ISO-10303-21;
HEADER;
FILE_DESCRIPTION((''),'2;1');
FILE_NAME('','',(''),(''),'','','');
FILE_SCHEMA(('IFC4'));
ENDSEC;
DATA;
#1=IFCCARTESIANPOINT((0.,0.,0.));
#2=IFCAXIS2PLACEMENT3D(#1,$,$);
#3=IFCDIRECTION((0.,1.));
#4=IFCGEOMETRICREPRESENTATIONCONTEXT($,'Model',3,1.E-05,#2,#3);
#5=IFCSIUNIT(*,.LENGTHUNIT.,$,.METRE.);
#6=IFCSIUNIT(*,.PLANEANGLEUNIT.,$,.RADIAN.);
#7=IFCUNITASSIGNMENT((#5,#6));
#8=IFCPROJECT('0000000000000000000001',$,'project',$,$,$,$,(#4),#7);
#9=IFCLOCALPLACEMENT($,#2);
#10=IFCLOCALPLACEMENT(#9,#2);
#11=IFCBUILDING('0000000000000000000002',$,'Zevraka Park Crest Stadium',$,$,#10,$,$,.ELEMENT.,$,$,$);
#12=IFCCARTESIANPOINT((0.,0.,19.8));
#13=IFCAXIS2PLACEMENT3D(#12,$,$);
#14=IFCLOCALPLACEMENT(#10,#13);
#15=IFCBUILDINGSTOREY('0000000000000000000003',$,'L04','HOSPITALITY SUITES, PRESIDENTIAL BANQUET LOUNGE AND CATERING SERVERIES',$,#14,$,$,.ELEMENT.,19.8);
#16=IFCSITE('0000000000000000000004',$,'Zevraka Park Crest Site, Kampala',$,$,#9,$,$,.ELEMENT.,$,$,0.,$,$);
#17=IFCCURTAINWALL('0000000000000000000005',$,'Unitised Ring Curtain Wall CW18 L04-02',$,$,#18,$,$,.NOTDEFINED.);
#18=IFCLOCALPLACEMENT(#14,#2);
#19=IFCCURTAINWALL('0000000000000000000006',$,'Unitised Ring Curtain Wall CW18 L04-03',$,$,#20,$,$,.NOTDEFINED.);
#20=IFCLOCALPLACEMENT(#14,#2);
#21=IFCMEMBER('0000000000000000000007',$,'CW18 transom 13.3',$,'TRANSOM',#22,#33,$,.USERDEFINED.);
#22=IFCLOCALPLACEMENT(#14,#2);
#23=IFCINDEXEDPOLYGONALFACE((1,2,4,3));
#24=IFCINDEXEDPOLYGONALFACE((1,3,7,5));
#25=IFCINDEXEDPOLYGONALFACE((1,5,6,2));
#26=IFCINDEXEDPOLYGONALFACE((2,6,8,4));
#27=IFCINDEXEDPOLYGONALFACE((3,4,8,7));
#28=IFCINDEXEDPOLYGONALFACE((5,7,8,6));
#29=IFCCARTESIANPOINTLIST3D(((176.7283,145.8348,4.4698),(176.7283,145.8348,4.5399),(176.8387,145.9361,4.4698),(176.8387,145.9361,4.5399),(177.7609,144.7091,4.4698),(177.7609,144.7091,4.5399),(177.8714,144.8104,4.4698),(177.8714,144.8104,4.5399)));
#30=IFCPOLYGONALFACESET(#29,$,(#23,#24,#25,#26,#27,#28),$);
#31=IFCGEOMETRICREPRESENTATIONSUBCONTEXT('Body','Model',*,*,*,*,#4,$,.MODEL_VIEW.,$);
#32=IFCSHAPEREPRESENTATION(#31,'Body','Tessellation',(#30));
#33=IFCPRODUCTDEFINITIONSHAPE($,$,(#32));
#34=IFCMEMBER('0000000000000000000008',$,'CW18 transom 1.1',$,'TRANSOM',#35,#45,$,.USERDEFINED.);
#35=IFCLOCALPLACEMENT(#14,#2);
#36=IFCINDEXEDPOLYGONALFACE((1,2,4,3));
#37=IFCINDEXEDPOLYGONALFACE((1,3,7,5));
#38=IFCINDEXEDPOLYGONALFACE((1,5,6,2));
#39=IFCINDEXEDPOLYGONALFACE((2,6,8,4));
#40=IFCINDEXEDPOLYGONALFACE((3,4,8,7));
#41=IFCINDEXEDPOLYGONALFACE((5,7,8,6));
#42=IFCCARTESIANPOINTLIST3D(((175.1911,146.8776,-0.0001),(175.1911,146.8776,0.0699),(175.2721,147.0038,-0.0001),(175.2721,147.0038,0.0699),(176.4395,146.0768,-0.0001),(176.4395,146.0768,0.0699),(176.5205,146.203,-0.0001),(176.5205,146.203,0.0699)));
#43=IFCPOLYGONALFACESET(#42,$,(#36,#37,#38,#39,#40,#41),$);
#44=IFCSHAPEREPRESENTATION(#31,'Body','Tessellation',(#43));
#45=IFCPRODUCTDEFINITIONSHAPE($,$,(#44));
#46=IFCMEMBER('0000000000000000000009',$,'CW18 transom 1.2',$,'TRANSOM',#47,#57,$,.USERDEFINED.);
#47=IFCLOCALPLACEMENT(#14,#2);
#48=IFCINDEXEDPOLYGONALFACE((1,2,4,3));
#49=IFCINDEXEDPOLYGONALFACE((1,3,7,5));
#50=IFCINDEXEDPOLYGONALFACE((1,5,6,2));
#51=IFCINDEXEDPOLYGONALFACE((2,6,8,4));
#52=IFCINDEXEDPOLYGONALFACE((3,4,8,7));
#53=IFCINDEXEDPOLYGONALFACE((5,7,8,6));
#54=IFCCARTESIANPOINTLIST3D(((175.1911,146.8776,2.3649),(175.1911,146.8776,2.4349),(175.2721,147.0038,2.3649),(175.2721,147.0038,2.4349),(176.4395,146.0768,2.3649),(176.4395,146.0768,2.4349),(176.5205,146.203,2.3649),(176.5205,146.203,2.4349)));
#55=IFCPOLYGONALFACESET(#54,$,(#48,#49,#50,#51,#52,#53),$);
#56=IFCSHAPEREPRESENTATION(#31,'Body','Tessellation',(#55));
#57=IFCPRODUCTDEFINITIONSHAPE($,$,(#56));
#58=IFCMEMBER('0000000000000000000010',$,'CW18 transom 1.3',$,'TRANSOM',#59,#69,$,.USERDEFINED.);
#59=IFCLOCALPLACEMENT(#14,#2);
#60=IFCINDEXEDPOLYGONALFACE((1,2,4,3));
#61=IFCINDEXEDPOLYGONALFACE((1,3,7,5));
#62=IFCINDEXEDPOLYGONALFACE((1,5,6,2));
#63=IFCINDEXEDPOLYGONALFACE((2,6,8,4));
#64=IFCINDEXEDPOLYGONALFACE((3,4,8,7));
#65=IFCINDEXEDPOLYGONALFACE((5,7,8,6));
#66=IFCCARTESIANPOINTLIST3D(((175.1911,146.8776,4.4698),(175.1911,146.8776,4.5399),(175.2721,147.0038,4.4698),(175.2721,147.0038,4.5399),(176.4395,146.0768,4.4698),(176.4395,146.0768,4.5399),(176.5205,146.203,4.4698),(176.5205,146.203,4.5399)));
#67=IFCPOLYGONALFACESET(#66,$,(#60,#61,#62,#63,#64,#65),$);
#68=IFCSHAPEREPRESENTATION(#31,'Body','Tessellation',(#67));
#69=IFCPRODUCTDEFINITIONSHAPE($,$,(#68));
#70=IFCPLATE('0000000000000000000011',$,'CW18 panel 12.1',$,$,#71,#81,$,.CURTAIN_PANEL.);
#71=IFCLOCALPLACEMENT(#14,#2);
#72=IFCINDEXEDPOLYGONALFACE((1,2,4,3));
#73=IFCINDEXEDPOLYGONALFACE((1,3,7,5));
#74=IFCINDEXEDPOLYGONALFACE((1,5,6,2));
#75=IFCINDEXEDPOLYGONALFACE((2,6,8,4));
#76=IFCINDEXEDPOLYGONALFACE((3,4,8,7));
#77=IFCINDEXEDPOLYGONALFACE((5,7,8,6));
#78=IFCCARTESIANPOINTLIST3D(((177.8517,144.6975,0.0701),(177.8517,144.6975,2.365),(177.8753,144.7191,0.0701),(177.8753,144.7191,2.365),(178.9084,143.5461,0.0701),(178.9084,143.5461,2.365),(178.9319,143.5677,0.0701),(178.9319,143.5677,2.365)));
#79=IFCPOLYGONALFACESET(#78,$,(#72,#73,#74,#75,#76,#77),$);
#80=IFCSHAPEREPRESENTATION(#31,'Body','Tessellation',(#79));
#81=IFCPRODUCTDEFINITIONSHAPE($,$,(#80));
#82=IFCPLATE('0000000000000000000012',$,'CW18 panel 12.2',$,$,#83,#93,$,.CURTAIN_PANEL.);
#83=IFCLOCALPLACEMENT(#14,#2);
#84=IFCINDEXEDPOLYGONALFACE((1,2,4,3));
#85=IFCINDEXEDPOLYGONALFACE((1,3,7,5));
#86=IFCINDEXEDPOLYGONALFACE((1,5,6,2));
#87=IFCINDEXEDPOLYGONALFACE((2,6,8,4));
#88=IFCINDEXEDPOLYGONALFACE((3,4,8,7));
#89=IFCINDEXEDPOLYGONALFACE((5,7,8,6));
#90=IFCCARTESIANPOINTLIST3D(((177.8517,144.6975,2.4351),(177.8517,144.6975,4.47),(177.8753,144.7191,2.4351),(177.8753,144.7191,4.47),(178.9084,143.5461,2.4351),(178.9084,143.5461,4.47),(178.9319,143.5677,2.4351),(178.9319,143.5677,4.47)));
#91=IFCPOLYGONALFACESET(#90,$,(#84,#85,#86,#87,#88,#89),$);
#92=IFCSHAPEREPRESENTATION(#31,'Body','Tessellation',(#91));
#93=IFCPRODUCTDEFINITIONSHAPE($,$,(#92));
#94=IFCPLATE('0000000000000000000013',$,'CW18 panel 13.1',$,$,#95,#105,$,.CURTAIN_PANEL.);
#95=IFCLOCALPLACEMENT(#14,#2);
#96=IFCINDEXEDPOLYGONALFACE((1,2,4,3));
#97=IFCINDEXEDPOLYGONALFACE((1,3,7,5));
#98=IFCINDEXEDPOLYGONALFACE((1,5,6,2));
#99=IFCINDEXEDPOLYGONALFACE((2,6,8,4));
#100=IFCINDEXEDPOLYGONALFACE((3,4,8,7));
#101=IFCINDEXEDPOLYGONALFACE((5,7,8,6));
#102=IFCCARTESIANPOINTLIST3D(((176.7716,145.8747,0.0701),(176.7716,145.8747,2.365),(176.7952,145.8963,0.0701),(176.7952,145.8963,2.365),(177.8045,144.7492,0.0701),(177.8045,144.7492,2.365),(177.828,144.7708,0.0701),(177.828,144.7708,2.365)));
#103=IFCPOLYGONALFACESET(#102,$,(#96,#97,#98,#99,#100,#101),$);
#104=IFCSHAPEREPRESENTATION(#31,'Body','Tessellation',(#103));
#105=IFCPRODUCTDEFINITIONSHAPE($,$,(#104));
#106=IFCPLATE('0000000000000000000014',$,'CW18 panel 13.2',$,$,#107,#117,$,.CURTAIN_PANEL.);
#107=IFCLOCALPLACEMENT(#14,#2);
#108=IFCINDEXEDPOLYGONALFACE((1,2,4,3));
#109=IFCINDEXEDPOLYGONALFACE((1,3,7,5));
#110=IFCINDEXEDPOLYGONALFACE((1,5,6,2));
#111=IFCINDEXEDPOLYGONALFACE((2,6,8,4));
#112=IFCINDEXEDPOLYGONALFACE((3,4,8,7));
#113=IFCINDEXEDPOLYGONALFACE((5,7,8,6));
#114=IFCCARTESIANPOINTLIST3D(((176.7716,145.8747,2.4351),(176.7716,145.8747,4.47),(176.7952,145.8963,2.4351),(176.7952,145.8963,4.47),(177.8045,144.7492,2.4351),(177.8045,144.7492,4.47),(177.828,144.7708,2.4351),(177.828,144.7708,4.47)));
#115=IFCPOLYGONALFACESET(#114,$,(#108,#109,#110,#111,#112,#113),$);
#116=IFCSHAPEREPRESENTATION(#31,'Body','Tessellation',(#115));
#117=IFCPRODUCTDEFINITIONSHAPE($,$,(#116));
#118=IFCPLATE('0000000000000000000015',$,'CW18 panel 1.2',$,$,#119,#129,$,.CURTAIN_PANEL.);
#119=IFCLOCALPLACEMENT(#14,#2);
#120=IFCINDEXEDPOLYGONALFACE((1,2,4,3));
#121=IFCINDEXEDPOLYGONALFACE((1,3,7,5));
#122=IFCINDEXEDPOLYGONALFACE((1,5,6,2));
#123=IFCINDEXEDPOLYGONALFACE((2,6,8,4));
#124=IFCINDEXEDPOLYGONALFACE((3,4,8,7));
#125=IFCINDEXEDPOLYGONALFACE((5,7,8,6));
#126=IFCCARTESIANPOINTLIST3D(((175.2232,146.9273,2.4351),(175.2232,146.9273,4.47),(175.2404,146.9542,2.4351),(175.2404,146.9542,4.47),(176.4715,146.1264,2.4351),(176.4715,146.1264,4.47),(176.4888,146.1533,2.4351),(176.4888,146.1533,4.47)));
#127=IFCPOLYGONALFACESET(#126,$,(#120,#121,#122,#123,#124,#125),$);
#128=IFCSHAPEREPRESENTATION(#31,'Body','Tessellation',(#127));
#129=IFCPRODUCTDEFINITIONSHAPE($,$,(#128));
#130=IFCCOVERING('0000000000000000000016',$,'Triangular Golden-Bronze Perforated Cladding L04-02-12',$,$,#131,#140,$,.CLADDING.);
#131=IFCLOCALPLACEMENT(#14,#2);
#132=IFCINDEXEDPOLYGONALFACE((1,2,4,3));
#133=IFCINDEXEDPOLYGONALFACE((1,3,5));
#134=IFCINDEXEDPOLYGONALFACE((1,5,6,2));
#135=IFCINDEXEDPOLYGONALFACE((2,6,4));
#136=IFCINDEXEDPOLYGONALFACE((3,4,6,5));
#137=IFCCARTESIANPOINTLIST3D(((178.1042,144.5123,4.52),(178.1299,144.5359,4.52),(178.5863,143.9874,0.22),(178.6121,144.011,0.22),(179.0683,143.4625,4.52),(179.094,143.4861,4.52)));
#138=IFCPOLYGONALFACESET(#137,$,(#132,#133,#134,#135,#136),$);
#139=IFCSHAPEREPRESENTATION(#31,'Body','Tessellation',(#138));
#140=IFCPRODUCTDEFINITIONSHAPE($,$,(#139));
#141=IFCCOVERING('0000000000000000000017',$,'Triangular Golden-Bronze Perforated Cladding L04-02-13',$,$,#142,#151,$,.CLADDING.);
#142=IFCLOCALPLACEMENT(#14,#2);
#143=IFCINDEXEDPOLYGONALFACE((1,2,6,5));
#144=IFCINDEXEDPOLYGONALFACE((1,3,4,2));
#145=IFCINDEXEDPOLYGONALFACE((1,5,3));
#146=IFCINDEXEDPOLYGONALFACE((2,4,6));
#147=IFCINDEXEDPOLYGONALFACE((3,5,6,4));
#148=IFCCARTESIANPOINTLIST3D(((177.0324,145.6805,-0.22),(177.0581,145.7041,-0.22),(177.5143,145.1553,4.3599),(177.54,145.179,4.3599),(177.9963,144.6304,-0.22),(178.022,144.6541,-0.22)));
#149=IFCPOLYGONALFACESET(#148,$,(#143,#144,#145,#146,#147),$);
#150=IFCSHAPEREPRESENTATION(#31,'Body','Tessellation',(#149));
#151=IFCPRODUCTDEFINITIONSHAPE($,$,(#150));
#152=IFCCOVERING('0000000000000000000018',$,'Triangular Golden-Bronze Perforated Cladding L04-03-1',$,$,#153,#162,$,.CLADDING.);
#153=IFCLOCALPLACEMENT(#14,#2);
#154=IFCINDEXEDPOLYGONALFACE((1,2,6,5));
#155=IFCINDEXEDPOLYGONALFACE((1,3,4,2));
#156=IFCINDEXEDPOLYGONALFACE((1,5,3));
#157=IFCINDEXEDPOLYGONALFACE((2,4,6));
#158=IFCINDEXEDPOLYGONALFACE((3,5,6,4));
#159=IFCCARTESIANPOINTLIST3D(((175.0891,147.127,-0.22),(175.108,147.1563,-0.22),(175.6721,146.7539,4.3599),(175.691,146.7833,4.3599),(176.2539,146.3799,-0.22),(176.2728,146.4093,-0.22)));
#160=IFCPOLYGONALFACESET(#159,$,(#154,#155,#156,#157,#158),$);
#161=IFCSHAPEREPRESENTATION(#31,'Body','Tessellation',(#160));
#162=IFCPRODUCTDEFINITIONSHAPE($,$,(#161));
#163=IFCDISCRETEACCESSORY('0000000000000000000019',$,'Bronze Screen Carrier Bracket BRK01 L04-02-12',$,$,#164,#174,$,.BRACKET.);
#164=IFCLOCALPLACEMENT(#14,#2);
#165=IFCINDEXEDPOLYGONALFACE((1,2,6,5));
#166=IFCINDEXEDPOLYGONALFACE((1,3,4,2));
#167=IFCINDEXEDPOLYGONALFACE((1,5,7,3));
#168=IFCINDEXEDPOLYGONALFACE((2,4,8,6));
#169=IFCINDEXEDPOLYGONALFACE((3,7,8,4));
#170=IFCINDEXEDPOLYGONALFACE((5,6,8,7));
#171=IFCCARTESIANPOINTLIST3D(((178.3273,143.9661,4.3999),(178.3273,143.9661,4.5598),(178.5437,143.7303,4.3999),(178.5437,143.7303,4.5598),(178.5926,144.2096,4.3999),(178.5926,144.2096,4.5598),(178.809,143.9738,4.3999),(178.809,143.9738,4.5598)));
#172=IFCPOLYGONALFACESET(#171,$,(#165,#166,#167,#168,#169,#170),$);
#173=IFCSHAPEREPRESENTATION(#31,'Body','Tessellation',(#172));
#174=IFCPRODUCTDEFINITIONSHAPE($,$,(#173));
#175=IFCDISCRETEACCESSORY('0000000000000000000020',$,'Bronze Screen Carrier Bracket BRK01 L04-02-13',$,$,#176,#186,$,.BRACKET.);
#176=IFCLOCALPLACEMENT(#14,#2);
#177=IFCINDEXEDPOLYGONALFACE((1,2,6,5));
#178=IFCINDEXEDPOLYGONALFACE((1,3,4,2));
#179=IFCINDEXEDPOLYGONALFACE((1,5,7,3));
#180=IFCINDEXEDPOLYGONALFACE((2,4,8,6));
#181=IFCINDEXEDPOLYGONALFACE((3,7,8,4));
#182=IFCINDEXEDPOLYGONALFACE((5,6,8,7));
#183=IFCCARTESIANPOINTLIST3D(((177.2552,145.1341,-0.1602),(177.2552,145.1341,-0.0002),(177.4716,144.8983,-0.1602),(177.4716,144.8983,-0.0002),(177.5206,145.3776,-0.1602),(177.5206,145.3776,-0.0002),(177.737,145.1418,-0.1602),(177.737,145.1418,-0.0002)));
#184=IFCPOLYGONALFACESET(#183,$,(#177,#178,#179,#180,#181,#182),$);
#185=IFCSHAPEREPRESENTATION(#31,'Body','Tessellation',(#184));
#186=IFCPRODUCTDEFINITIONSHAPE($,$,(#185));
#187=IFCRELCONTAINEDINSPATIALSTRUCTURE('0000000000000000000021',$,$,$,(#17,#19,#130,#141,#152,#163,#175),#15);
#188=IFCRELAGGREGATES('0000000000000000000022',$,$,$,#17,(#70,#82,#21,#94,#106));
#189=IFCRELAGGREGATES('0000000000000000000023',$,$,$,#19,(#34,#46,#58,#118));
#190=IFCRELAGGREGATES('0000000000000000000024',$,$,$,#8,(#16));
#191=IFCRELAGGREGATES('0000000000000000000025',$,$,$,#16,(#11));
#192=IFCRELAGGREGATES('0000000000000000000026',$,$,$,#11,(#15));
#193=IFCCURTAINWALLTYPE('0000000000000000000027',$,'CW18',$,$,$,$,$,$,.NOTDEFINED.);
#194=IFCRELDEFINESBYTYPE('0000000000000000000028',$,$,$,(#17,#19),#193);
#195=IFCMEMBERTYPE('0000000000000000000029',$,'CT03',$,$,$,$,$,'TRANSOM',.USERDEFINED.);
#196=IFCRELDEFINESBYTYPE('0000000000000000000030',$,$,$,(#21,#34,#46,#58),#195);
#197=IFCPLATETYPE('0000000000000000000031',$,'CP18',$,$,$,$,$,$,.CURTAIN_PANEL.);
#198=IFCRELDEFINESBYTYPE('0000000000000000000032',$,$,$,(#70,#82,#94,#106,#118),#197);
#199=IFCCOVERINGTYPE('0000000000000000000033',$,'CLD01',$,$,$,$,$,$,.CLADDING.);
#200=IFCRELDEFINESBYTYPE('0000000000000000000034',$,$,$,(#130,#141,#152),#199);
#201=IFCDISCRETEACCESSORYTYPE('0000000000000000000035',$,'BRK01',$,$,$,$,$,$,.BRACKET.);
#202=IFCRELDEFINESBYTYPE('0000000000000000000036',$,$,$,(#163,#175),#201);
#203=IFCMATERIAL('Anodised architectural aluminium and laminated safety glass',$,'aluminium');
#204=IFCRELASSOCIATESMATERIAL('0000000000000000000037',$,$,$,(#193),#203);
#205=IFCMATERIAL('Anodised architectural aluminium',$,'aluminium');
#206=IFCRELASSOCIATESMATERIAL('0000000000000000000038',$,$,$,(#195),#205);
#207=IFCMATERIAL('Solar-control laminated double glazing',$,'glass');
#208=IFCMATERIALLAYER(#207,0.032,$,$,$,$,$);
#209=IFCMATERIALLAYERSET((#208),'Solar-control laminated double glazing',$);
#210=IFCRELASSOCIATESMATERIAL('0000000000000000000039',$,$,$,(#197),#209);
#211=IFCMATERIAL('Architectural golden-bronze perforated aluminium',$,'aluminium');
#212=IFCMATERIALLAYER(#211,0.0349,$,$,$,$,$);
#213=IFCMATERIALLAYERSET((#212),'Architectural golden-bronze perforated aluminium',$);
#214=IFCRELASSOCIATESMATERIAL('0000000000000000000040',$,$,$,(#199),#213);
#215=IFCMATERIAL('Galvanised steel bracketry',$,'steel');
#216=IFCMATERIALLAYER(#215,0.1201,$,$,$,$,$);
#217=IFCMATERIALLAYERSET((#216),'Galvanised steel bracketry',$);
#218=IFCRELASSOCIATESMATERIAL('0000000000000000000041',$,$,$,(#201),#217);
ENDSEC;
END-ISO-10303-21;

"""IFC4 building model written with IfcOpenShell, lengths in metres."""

from ifc_helpers import new_model, si_unit, direction, frame, origin, origin_2d, place, context, subcontext, project, spatial, polyline, rectangle, outline, extrude, material, layer, layer_set, material_profile, profile_set, type_object, element, aggregate, save


model = new_model("IFC4")

# Units and contexts
model_context = context("Model", 3, precision=1e-05, world=origin(), true_north=direction((0.0, 1.0)))
body_context = subcontext(model_context, "Body", "Model", "MODEL_VIEW")
ifc_project = project(units=[si_unit("LENGTHUNIT", "METRE"), si_unit("PLANEANGLEUNIT", "RADIAN")], contexts=[model_context])

# Site, building, storey
site_placement = place(None, origin())
site = spatial("IfcSite", under=ifc_project, at=site_placement, Name="Zevraka Park Crest Site, Kampala", CompositionType="ELEMENT", RefElevation=0.0)
building_placement = place(site_placement, origin())
building = spatial("IfcBuilding", under=site, at=building_placement, Name="Zevraka Park Crest Stadium", CompositionType="ELEMENT")
storey_placement = place(building_placement, frame((0.0, 0.0, 19.8)))
storey = spatial("IfcBuildingStorey", under=building, at=storey_placement, Name="L04", Description="HOSPITALITY SUITES, PRESIDENTIAL BANQUET LOUNGE AND CATERING SERVERIES", CompositionType="ELEMENT", Elevation=19.8)

# Curtain wall
ifc_material_1 = material(Name="Anodised architectural aluminium and laminated safety glass", Category="aluminium")
curtain_wall_type = type_object("IfcCurtainWallType", Name="CW18", PredefinedType="NOTDEFINED", material=ifc_material_1)
curtain_wall_1_placement = place(storey_placement, origin())
curtain_wall_1 = element("IfcCurtainWall", 1, at=curtain_wall_1_placement, inside=storey, type_object=curtain_wall_type, Name="Unitised Ring Curtain Wall CW18 L04-02", PredefinedType="NOTDEFINED")

# Curtain wall
curtain_wall_2_placement = place(storey_placement, origin())
curtain_wall_2 = element("IfcCurtainWall", 2, at=curtain_wall_2_placement, inside=storey, type_object=curtain_wall_type, Name="Unitised Ring Curtain Wall CW18 L04-03", PredefinedType="NOTDEFINED")

# Members
ifc_material_2 = material(Name="Anodised architectural aluminium", Category="aluminium")
ifc_material_profile_1 = material_profile(ifc_material_2, rectangle(XDim=0.1499, YDim=0.0701, at=origin_2d()), Name="ALU TRANSOM 150x70")
ifc_profile_set_1 = profile_set([ifc_material_profile_1], Name="Anodised architectural aluminium")
member_type_1 = type_object("IfcMemberType", Name="CT03", ElementType="TRANSOM", PredefinedType="USERDEFINED", material=ifc_profile_set_1)
member_1_placement = place(storey_placement, frame((177.8162, 144.7598, 4.5049), z_axis=(-0.676007, 0.736895, 0.0), x_axis=(-0.736895, -0.676007, 0.0)))
member_1 = element("IfcMember", 3, at=member_1_placement, type_object=member_type_1, Name="CW18 transom 13.3", ObjectType="TRANSOM", PredefinedType="USERDEFINED", context=body_context, shape_type="SweptSolid", body=[
    extrude(rectangle(XDim=0.1499, YDim=0.0701, at=origin_2d()), origin(), (0.0, 0.0, 1.0), 1.5276),
])
member_2_placement = place(storey_placement, frame((176.48, 146.1399, 0.0349), z_axis=(-0.841697, 0.53995, 0.0), x_axis=(-0.53995, -0.841697, 0.0)))
member_2 = element("IfcMember", 4, at=member_2_placement, type_object=member_type_1, Name="CW18 transom 1.1", ObjectType="TRANSOM", PredefinedType="USERDEFINED", context=body_context, shape_type="SweptSolid", body=[
    extrude(rectangle(XDim=0.1499, YDim=0.0701, at=origin_2d()), origin(), (0.0, 0.0, 1.0), 1.4832),
])
member_3_placement = place(storey_placement, frame((176.48, 146.1399, 2.3999), z_axis=(-0.841697, 0.53995, 0.0), x_axis=(-0.53995, -0.841697, 0.0)))
member_3 = element("IfcMember", 5, at=member_3_placement, type_object=member_type_1, Name="CW18 transom 1.2", ObjectType="TRANSOM", PredefinedType="USERDEFINED", context=body_context, shape_type="SweptSolid", body=[
    extrude(rectangle(XDim=0.1499, YDim=0.0701, at=origin_2d()), origin(), (0.0, 0.0, 1.0), 1.4832),
])
member_4_placement = place(storey_placement, frame((176.48, 146.1399, 4.5049), z_axis=(-0.841697, 0.53995, 0.0), x_axis=(-0.53995, -0.841697, 0.0)))
member_4 = element("IfcMember", 6, at=member_4_placement, type_object=member_type_1, Name="CW18 transom 1.3", ObjectType="TRANSOM", PredefinedType="USERDEFINED", context=body_context, shape_type="SweptSolid", body=[
    extrude(rectangle(XDim=0.1499, YDim=0.0701, at=origin_2d()), origin(), (0.0, 0.0, 1.0), 1.4832),
])

# Plates
ifc_material_3 = material(Name="Solar-control laminated double glazing", Category="glass")
ifc_layer_1 = layer(ifc_material_3, 0.032)
ifc_layer_set_1 = layer_set([ifc_layer_1], Name="Solar-control laminated double glazing")
plate_type = type_object("IfcPlateType", Name="CP18", PredefinedType="CURTAIN_PANEL", material=ifc_layer_set_1)
plate_1_placement = place(storey_placement, frame((178.3918, 144.1326, 0.0701), z_axis=(0.0, 0.0, 1.0), x_axis=(-0.676138, 0.736775, 0.0)))
plate_1 = element("IfcPlate", 7, at=plate_1_placement, type_object=plate_type, Name="CW18 panel 12.1", PredefinedType="CURTAIN_PANEL", context=body_context, shape_type="SweptSolid", body=[
    extrude(rectangle(XDim=1.5627, YDim=0.032, at=origin_2d()), origin(), (0.0, 0.0, 1.0), 2.2949),
])
plate_2_placement = place(storey_placement, frame((178.3918, 144.1326, 2.4351), z_axis=(0.0, 0.0, 1.0), x_axis=(-0.676138, 0.736775, 0.0)))
plate_2 = element("IfcPlate", 8, at=plate_2_placement, type_object=plate_type, Name="CW18 panel 12.2", PredefinedType="CURTAIN_PANEL", context=body_context, shape_type="SweptSolid", body=[
    extrude(rectangle(XDim=1.5627, YDim=0.032, at=origin_2d()), origin(), (0.0, 0.0, 1.0), 2.0349),
])
plate_3_placement = place(storey_placement, frame((177.2998, 145.3228, 0.0701), z_axis=(0.0, 0.0, 1.0), x_axis=(-0.676138, 0.736775, 0.0)))
plate_3 = element("IfcPlate", 9, at=plate_3_placement, type_object=plate_type, Name="CW18 panel 13.1", PredefinedType="CURTAIN_PANEL", context=body_context, shape_type="SweptSolid", body=[
    extrude(rectangle(XDim=1.5276, YDim=0.032, at=origin_2d()), origin(), (0.0, 0.0, 1.0), 2.2949),
])
plate_4_placement = place(storey_placement, frame((177.2998, 145.3228, 2.4351), z_axis=(0.0, 0.0, 1.0), x_axis=(-0.676138, 0.736775, 0.0)))
plate_4 = element("IfcPlate", 10, at=plate_4_placement, type_object=plate_type, Name="CW18 panel 13.2", PredefinedType="CURTAIN_PANEL", context=body_context, shape_type="SweptSolid", body=[
    extrude(rectangle(XDim=1.5276, YDim=0.032, at=origin_2d()), origin(), (0.0, 0.0, 1.0), 2.0349),
])
aggregate(curtain_wall_1, [plate_1, plate_2, member_1, plate_3, plate_4])
plate_5_placement = place(storey_placement, frame((175.856, 146.5403, 2.4351), z_axis=(0.0, 0.0, 1.0), x_axis=(-0.841678, 0.53998, 0.0)))
plate_5 = element("IfcPlate", 11, at=plate_5_placement, type_object=plate_type, Name="CW18 panel 1.2", PredefinedType="CURTAIN_PANEL", context=body_context, shape_type="SweptSolid", body=[
    extrude(rectangle(XDim=1.4832, YDim=0.032, at=origin_2d()), origin(), (0.0, 0.0, 1.0), 2.0349),
])
aggregate(curtain_wall_2, [member_2, member_3, member_4, plate_5])

# Coverings
ifc_material_4 = material(Name="Architectural golden-bronze perforated aluminium", Category="aluminium")
ifc_layer_2 = layer(ifc_material_4, 0.0349)
ifc_layer_set_2 = layer_set([ifc_layer_2], Name="Architectural golden-bronze perforated aluminium")
covering_type = type_object("IfcCoveringType", Name="CLD01", PredefinedType="CLADDING", material=ifc_layer_set_2)
covering_1_placement = place(storey_placement, frame((178.1299, 144.5359, 4.52), z_axis=(0.736528, 0.676407, 0.000021), x_axis=(0.676407, -0.736528, 0.0)))
element("IfcCovering", 12, at=covering_1_placement, inside=storey, type_object=covering_type, Name="Triangular Golden-Bronze Perforated Cladding L04-02-12", PredefinedType="CLADDING", context=body_context, shape_type="SweptSolid", body=[
    extrude(outline(polyline([(0.0, 0.0), (1.4253, 0.0), (0.7128, 4.3), (0.0, 0.0)])), origin(), (0.0, 0.0, -1.0), 0.0349),
])
covering_2_placement = place(storey_placement, frame((178.022, 144.6541, -0.22), z_axis=(0.736692, 0.676229, 0.000018), x_axis=(-0.676229, 0.736692, 0.0)))
element("IfcCovering", 13, at=covering_2_placement, inside=storey, type_object=covering_type, Name="Triangular Golden-Bronze Perforated Cladding L04-02-13", PredefinedType="CLADDING", context=body_context, shape_type="SweptSolid", body=[
    extrude(outline(polyline([(0.0, 0.0), (1.4254, 0.0), (0.7126, 4.5798), (0.0, 0.0)])), origin(), (0.0, 0.0, -1.0), 0.0349),
])
covering_3_placement = place(storey_placement, frame((176.2539, 146.3799, -0.22), z_axis=(-0.539875, -0.841746, 0.000162), x_axis=(-0.841746, 0.539875, 0.0)))
element("IfcCovering", 14, at=covering_3_placement, inside=storey, type_object=covering_type, Name="Triangular Golden-Bronze Perforated Cladding L04-03-1", PredefinedType="CLADDING", context=body_context, shape_type="SweptSolid", body=[
    extrude(outline(polyline([(0.0, 0.0), (1.3838, 0.0), (0.6916, -4.5798), (0.0, 0.0)])), origin(), (0.0, 0.0, -1.0), 0.0349),
])

# Discrete accessories
ifc_material_5 = material(Name="Galvanised steel bracketry", Category="steel")
ifc_layer_3 = layer(ifc_material_5, 0.1201)
ifc_layer_set_3 = layer_set([ifc_layer_3], Name="Galvanised steel bracketry")
discrete_accessory_type = type_object("IfcDiscreteAccessoryType", Name="BRK01", PredefinedType="BRACKET", material=ifc_layer_set_3)
for number, where, z_axis, x_axis, name in (
    (15, (178.5681, 143.97, 4.3999), (0.0, 0.0, 1.0), (-0.676105, 0.736806, 0.0), "Bronze Screen Carrier Bracket BRK01 L04-02-12"),
    (16, (177.4961, 145.1379, -0.1602), (0.0, 0.0, 1.0), (-0.676105, 0.736806, 0.0), "Bronze Screen Carrier Bracket BRK01 L04-02-13"),
):
    element("IfcDiscreteAccessory", number, at=place(storey_placement, frame(where, z_axis=z_axis, x_axis=x_axis)), inside=storey, type_object=discrete_accessory_type, Name=name, PredefinedType="BRACKET", context=body_context, shape_type="SweptSolid", body=[
        extrude(rectangle(XDim=0.3201, YDim=0.3601, at=origin_2d()), origin(), (0.0, 0.0, 1.0), 0.1599),
    ])

save(model, "model.ifc")
